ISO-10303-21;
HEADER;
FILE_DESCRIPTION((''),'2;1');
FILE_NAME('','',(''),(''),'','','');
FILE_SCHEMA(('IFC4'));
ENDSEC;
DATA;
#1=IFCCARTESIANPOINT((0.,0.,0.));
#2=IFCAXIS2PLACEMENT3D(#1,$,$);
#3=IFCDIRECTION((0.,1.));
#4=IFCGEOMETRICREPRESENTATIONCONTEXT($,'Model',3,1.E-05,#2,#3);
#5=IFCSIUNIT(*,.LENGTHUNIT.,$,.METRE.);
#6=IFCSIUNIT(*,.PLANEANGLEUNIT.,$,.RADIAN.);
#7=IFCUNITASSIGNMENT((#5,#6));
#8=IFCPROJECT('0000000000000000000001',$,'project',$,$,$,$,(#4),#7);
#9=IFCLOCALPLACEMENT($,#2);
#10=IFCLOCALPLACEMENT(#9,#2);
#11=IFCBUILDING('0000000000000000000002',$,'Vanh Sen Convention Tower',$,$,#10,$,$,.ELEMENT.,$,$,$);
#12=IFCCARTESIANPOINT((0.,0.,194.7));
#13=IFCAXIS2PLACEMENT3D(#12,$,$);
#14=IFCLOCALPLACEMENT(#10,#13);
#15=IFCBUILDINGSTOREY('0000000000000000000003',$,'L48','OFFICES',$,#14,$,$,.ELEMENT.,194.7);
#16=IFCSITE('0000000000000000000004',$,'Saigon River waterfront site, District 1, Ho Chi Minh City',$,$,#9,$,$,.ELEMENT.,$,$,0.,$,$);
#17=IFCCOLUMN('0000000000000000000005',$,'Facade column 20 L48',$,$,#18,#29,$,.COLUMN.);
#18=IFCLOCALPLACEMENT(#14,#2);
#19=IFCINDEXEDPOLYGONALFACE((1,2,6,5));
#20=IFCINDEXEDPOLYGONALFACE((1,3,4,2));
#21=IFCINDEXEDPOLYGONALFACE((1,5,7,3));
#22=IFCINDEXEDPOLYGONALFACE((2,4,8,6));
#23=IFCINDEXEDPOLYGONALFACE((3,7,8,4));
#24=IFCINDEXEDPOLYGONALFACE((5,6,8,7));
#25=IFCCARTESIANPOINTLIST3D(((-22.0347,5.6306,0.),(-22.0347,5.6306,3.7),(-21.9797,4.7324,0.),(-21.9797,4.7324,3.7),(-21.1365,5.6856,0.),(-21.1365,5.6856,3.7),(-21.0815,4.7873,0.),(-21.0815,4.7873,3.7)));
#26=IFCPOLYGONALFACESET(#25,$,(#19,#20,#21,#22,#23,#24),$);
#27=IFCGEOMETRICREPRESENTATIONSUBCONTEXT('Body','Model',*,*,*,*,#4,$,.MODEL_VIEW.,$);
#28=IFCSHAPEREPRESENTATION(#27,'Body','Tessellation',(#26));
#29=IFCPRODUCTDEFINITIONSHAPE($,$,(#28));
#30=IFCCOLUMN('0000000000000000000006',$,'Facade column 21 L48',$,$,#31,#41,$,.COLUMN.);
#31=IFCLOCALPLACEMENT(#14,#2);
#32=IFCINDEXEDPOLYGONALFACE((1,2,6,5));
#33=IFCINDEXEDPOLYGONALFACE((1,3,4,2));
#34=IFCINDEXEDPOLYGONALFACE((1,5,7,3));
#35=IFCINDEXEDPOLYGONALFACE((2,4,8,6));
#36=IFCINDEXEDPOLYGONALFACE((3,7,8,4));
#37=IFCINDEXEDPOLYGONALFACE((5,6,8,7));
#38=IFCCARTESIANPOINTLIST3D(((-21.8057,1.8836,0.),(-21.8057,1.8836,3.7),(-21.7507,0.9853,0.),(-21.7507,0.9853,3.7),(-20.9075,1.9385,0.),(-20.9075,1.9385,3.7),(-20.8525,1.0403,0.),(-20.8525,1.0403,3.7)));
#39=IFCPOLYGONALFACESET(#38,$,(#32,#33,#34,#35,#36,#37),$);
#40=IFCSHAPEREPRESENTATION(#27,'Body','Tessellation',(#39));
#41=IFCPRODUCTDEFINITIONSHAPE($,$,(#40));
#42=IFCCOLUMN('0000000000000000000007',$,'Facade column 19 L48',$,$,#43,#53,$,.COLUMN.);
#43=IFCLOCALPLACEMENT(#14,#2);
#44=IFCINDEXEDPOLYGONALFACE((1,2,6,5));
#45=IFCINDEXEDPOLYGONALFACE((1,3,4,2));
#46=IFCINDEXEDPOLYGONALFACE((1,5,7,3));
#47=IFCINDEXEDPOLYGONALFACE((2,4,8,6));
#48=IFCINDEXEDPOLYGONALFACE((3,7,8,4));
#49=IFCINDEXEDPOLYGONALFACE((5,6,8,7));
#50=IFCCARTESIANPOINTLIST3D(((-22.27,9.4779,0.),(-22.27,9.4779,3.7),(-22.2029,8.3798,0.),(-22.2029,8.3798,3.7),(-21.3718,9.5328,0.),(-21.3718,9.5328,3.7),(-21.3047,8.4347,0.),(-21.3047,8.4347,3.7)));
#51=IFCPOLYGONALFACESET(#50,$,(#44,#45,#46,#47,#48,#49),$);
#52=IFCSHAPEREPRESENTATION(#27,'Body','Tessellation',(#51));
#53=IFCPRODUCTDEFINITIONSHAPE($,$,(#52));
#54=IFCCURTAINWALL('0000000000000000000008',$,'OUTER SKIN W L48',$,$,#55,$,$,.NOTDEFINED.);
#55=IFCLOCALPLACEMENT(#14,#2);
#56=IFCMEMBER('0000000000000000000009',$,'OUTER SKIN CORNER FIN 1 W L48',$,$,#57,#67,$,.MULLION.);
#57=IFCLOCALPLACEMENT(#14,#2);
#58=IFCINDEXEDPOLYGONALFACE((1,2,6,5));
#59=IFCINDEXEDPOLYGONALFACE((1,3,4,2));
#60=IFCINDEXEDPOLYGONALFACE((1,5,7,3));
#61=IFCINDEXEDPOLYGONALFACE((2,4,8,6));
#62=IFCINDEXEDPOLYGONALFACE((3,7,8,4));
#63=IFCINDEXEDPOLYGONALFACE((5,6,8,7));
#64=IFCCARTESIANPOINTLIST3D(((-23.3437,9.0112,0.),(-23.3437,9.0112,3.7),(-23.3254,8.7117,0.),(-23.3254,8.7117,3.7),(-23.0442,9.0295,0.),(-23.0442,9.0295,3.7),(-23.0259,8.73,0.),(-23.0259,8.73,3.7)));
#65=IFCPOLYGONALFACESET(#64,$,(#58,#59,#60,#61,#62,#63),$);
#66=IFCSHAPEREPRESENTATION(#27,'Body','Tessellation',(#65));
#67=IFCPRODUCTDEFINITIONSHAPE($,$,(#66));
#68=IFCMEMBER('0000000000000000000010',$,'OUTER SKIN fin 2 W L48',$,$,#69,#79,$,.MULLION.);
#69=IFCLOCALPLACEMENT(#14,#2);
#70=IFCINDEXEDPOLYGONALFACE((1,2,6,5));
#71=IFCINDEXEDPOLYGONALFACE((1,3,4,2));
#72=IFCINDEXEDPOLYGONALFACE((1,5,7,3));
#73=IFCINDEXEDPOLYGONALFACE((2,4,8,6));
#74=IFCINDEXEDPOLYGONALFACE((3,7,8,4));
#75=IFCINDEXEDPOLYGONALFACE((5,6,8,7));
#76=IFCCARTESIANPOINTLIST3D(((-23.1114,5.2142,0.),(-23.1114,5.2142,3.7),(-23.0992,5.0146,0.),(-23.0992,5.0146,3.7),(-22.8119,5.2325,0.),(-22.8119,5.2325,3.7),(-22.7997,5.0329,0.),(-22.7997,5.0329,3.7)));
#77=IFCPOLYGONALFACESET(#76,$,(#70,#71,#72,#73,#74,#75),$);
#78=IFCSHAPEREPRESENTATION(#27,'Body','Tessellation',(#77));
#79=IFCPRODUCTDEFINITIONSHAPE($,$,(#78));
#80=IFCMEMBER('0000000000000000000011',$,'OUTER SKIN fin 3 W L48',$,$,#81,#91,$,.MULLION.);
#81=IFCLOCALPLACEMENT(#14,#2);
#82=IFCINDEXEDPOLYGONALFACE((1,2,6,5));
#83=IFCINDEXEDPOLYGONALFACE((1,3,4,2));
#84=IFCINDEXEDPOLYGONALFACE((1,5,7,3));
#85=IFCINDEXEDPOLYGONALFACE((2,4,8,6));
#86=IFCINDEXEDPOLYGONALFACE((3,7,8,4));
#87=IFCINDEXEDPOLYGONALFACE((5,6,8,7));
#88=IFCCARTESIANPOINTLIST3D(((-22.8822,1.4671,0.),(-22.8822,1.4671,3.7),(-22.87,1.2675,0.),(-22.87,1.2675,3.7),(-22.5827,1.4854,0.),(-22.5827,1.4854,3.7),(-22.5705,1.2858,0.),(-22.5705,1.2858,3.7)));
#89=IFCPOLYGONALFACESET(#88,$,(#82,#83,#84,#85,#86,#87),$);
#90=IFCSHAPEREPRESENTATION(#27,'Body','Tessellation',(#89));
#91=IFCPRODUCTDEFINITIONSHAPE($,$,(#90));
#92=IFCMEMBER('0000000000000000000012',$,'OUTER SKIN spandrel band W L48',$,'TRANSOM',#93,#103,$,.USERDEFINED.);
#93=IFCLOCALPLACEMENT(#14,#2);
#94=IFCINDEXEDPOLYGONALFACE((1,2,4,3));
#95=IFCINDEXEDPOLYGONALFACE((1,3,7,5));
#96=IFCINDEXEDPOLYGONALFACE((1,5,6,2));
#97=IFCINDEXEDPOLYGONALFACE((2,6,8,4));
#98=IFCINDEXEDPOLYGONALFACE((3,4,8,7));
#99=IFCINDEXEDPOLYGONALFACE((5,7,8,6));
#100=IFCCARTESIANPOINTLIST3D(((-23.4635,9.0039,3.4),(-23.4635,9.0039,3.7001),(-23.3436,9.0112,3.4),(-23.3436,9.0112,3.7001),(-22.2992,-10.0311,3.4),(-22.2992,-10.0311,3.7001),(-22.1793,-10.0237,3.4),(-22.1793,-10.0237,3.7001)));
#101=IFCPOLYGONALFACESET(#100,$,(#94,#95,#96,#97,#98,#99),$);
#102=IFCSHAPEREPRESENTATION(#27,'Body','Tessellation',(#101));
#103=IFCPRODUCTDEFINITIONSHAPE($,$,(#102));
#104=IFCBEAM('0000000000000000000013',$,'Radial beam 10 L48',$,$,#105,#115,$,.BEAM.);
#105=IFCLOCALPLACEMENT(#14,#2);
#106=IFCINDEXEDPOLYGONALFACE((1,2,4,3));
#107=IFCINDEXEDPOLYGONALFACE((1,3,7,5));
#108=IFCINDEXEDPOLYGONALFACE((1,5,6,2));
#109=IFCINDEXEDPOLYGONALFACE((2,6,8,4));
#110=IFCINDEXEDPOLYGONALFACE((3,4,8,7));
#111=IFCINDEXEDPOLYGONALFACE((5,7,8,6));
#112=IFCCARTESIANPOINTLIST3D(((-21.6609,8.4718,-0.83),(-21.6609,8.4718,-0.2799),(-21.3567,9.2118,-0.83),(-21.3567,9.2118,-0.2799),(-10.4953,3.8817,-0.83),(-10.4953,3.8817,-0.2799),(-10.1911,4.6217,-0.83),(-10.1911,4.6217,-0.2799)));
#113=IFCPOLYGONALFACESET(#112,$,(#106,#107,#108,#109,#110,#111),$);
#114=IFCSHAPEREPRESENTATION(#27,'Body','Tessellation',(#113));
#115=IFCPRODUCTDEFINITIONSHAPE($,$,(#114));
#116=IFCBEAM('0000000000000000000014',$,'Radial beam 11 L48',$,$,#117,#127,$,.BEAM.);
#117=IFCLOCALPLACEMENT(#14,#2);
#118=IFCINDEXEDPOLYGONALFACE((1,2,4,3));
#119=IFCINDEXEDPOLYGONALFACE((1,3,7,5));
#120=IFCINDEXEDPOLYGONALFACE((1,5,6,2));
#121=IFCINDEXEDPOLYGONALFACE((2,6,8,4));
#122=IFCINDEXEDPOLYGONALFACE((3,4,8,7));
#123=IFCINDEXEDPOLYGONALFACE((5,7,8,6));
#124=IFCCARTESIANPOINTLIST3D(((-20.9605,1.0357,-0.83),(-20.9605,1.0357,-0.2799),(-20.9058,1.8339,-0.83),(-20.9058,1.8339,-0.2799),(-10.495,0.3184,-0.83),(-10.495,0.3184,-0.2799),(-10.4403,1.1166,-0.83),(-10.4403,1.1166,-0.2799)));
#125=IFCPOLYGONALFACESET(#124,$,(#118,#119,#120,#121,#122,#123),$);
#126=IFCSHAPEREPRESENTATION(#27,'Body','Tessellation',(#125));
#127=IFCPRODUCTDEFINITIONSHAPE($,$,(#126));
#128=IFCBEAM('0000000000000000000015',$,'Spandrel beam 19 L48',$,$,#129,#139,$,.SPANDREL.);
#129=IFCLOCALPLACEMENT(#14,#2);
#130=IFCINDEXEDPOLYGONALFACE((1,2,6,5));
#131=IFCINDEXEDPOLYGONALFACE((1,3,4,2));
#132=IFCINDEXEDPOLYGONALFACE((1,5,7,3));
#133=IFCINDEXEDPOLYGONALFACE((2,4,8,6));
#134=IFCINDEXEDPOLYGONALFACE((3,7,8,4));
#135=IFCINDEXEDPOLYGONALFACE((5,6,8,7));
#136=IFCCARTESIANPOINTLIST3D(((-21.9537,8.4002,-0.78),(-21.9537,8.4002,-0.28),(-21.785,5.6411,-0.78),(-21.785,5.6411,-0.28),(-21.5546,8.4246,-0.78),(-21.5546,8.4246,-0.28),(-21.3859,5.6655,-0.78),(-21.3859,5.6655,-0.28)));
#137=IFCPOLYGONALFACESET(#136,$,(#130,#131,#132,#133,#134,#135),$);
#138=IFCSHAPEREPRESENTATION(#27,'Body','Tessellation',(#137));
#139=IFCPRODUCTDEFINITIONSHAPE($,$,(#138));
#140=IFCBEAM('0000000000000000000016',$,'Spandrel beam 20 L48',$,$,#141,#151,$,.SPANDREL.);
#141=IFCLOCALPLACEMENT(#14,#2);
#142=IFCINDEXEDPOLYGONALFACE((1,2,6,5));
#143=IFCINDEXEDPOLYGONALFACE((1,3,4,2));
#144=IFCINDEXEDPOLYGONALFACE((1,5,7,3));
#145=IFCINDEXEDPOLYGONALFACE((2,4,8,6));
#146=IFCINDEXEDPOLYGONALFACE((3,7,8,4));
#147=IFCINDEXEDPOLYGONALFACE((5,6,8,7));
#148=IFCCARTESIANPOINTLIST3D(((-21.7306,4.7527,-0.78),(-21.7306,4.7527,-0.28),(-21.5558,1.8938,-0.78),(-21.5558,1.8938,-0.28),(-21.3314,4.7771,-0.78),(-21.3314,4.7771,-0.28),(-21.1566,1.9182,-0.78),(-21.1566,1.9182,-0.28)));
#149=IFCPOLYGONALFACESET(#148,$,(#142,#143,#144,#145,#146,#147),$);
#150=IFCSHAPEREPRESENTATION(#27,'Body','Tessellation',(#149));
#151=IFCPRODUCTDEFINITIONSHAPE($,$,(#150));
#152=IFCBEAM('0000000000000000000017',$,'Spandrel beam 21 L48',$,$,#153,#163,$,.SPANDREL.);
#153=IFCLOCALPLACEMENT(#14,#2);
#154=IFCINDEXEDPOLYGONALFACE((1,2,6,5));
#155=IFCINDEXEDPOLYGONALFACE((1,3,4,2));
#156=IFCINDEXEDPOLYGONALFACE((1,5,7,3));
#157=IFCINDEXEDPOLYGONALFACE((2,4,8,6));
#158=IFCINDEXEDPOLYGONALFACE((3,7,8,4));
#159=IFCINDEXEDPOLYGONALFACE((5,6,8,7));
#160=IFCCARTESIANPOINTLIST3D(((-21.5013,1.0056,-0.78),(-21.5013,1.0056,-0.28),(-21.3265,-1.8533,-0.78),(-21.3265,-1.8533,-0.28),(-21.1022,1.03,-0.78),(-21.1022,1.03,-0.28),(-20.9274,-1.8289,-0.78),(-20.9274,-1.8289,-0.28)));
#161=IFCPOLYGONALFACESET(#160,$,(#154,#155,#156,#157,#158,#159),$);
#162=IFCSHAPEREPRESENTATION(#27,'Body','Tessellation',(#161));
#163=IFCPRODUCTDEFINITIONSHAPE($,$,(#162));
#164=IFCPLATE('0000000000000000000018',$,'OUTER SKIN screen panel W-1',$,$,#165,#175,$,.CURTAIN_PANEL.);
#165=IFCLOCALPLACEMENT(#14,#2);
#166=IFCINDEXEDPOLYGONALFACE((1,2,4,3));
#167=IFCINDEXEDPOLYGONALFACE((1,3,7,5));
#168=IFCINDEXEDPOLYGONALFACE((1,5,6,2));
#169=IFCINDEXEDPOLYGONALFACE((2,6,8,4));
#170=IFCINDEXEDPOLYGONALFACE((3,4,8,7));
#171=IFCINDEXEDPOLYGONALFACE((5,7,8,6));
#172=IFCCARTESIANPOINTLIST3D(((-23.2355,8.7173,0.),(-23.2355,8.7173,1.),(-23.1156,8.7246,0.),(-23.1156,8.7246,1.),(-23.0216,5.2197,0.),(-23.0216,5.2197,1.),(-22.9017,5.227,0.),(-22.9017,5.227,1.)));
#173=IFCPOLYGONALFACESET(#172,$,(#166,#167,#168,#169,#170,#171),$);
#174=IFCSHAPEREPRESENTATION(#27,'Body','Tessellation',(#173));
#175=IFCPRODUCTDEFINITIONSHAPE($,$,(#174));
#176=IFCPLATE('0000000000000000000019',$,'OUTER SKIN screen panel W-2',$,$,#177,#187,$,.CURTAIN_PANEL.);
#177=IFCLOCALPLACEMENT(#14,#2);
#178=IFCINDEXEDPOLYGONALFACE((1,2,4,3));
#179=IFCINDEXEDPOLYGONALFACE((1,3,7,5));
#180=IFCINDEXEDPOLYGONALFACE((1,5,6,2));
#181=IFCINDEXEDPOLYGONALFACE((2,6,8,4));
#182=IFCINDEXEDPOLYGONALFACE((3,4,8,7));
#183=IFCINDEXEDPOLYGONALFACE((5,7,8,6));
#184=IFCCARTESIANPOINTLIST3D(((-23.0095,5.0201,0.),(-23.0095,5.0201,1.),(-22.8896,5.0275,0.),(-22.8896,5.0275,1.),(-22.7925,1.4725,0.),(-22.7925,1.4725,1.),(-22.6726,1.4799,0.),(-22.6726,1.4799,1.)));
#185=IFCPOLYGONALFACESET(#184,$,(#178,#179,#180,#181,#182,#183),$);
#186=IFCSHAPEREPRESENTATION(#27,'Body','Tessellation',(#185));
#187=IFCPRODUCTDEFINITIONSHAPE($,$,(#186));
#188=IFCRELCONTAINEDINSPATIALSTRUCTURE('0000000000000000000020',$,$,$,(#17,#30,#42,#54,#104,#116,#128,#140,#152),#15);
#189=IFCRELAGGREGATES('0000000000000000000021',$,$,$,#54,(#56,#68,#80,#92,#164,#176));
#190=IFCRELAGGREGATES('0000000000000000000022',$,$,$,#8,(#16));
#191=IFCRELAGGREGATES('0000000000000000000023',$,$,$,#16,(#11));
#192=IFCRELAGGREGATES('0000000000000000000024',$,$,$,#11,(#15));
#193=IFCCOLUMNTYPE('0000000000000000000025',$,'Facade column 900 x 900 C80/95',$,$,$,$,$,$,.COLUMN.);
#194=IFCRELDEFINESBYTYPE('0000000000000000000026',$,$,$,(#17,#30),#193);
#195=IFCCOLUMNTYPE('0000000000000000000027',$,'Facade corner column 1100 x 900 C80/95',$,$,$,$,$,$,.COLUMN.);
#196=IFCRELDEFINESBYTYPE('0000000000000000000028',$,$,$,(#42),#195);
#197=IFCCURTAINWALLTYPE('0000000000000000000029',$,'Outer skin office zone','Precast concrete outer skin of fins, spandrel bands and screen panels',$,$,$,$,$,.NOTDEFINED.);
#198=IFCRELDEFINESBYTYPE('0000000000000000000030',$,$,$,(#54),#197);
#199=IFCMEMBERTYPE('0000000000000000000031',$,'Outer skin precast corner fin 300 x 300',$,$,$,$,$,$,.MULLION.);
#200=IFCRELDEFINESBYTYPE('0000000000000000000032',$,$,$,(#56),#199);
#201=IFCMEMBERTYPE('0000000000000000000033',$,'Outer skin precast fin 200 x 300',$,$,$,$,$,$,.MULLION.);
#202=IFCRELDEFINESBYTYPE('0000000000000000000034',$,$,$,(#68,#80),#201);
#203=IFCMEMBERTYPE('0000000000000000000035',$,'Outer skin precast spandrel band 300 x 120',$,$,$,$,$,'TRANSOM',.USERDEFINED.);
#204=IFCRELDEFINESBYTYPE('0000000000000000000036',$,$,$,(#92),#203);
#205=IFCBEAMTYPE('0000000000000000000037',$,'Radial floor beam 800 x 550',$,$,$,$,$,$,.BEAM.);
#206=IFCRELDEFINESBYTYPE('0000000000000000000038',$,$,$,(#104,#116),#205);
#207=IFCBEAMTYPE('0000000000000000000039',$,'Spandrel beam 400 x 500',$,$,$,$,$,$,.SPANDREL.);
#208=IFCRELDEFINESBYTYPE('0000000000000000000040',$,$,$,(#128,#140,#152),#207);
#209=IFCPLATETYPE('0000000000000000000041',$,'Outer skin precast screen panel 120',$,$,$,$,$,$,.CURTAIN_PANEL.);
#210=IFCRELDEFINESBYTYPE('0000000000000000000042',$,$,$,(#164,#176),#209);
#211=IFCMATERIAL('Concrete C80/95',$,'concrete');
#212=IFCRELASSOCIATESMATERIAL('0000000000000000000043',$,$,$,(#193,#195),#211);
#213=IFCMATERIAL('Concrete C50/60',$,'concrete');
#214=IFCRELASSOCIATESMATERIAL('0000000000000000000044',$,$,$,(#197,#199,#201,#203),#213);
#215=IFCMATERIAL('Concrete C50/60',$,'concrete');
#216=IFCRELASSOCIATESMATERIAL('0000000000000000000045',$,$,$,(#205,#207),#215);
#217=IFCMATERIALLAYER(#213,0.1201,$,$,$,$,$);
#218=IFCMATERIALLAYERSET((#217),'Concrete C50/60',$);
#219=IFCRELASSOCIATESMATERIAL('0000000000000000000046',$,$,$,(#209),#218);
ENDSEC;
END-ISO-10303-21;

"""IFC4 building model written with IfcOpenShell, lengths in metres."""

from ifc_helpers import new_model, si_unit, direction, frame, origin, origin_2d, place, context, subcontext, project, spatial, rectangle, extrude, material, layer, layer_set, material_profile, profile_set, type_object, element, aggregate, save


model = new_model("IFC4")

# Units and contexts
model_context = context("Model", 3, precision=1e-05, world=origin(), true_north=direction((0.0, 1.0)))
body_context = subcontext(model_context, "Body", "Model", "MODEL_VIEW")
ifc_project = project(units=[si_unit("LENGTHUNIT", "METRE"), si_unit("PLANEANGLEUNIT", "RADIAN")], contexts=[model_context])

# Site, building, storey
site_placement = place(None, origin())
site = spatial("IfcSite", under=ifc_project, at=site_placement, Name="Saigon River waterfront site, District 1, Ho Chi Minh City", CompositionType="ELEMENT", RefElevation=0.0)
building_placement = place(site_placement, origin())
building = spatial("IfcBuilding", under=site, at=building_placement, Name="Vanh Sen Convention Tower", CompositionType="ELEMENT")
storey_placement = place(building_placement, frame((0.0, 0.0, 194.7)))
storey = spatial("IfcBuildingStorey", under=building, at=storey_placement, Name="L48", Description="OFFICES", CompositionType="ELEMENT", Elevation=194.7)

# Columns
ifc_material_1 = material(Name="Concrete C80/95", Category="concrete")
ifc_material_profile_1 = material_profile(ifc_material_1, rectangle(XDim=0.8999, YDim=0.8999, at=origin_2d()), Name="RC 900X900")
ifc_profile_set_1 = profile_set([ifc_material_profile_1], Name="Concrete C80/95")
column_type_1 = type_object("IfcColumnType", Name="Facade column 900 x 900 C80/95", PredefinedType="COLUMN", material=ifc_profile_set_1)
for number, where, z_axis, x_axis, name in (
    (1, (-21.5581, 5.209, 0.0), (0.0, 0.0, 1.0), (0.061049, -0.998135, 0.0), "Facade column 20 L48"),
    (2, (-21.3291, 1.4619, 0.0), (0.0, 0.0, 1.0), (0.061049, -0.998135, 0.0), "Facade column 21 L48"),
):
    element("IfcColumn", number, at=place(storey_placement, frame(where, z_axis=z_axis, x_axis=x_axis)), inside=storey, type_object=column_type_1, Name=name, PredefinedType="COLUMN", context=body_context, shape_type="SweptSolid", body=[
        extrude(rectangle(XDim=0.8999, YDim=0.8999, at=origin_2d()), origin(), (0.0, 0.0, 1.0), 3.7),
    ])
ifc_material_profile_2 = material_profile(ifc_material_1, rectangle(XDim=1.1001, YDim=0.8999, at=origin_2d()), Name="RC 1100X900")
ifc_profile_set_2 = profile_set([ifc_material_profile_2], Name="Concrete C80/95")
column_type_2 = type_object("IfcColumnType", Name="Facade corner column 1100 x 900 C80/95", PredefinedType="COLUMN", material=ifc_profile_set_2)
column_placement = place(storey_placement, frame((-21.7874, 8.9563, 0.0), z_axis=(0.0, 0.0, 1.0), x_axis=(0.061049, -0.998135, 0.0)))
element("IfcColumn", 3, at=column_placement, inside=storey, type_object=column_type_2, Name="Facade column 19 L48", PredefinedType="COLUMN", context=body_context, shape_type="SweptSolid", body=[
    extrude(rectangle(XDim=1.1001, YDim=0.8999, at=origin_2d()), origin(), (0.0, 0.0, 1.0), 3.7),
])

# Curtain wall, members
ifc_material_2 = material(Name="Concrete C50/60", Category="concrete")
curtain_wall_type = type_object("IfcCurtainWallType", Name="Outer skin office zone", Description="Precast concrete outer skin of fins, spandrel bands and screen panels", PredefinedType="NOTDEFINED", material=ifc_material_2)
curtain_wall_placement = place(storey_placement, origin())
curtain_wall = element("IfcCurtainWall", 4, at=curtain_wall_placement, inside=storey, type_object=curtain_wall_type, Name="OUTER SKIN W L48", PredefinedType="NOTDEFINED")
ifc_material_profile_3 = material_profile(ifc_material_2, rectangle(XDim=0.3, YDim=0.3, at=origin_2d()), Name="Outer skin precast corner fin 300 x 300")
ifc_profile_set_3 = profile_set([ifc_material_profile_3], Name="Concrete C50/60")
member_type_1 = type_object("IfcMemberType", Name="Outer skin precast corner fin 300 x 300", PredefinedType="MULLION", material=ifc_profile_set_3)
member_1_placement = place(storey_placement, frame((-23.1848, 8.8706, 0.0), z_axis=(0.0, 0.0, 1.0), x_axis=(0.061049, -0.998135, 0.0)))
member_1 = element("IfcMember", 5, at=member_1_placement, type_object=member_type_1, Name="OUTER SKIN CORNER FIN 1 W L48", PredefinedType="MULLION", context=body_context, shape_type="SweptSolid", body=[
    extrude(rectangle(XDim=0.3, YDim=0.3, at=origin_2d()), origin(), (0.0, 0.0, 1.0), 3.7),
])
ifc_material_profile_4 = material_profile(ifc_material_2, rectangle(XDim=0.2, YDim=0.3, at=origin_2d()), Name="Outer skin precast fin 200 x 300")
ifc_profile_set_4 = profile_set([ifc_material_profile_4], Name="Concrete C50/60")
member_type_2 = type_object("IfcMemberType", Name="Outer skin precast fin 200 x 300", PredefinedType="MULLION", material=ifc_profile_set_4)
member_2_placement = place(storey_placement, frame((-22.9556, 5.1235, 0.0), z_axis=(0.0, 0.0, 1.0), x_axis=(0.061049, -0.998135, 0.0)))
member_2 = element("IfcMember", 6, at=member_2_placement, type_object=member_type_2, Name="OUTER SKIN fin 2 W L48", PredefinedType="MULLION", context=body_context, shape_type="SweptSolid", body=[
    extrude(rectangle(XDim=0.2, YDim=0.3, at=origin_2d()), origin(), (0.0, 0.0, 1.0), 3.7),
])
member_3_placement = place(storey_placement, frame((-22.7263, 1.3765, 0.0), z_axis=(0.0, 0.0, 1.0), x_axis=(0.061049, -0.998135, 0.0)))
member_3 = element("IfcMember", 7, at=member_3_placement, type_object=member_type_2, Name="OUTER SKIN fin 3 W L48", PredefinedType="MULLION", context=body_context, shape_type="SweptSolid", body=[
    extrude(rectangle(XDim=0.2, YDim=0.3, at=origin_2d()), origin(), (0.0, 0.0, 1.0), 3.7),
])
ifc_material_profile_5 = material_profile(ifc_material_2, rectangle(XDim=0.1201, YDim=0.3, at=origin_2d()), Name="Outer skin precast spandrel band 300 x 120")
ifc_profile_set_5 = profile_set([ifc_material_profile_5], Name="Concrete C50/60")
member_type_3 = type_object("IfcMemberType", Name="Outer skin precast spandrel band 300 x 120", ElementType="TRANSOM", PredefinedType="USERDEFINED", material=ifc_profile_set_5)
member_4_placement = place(storey_placement, frame((-23.4036, 9.0076, 3.55), z_axis=(0.061053, -0.998135, 0.0), x_axis=(0.998135, 0.061053, 0.0)))
member_4 = element("IfcMember", 8, at=member_4_placement, type_object=member_type_3, Name="OUTER SKIN spandrel band W L48", ObjectType="TRANSOM", PredefinedType="USERDEFINED", context=body_context, shape_type="SweptSolid", body=[
    extrude(rectangle(XDim=0.1201, YDim=0.3, at=origin_2d()), origin(), (0.0, 0.0, 1.0), 19.0706),
])

# Beams
ifc_material_3 = material(Name="Concrete C50/60", Category="concrete")
ifc_material_profile_6 = material_profile(ifc_material_3, rectangle(XDim=0.8, YDim=0.55, at=origin_2d()), Name="RC 800X550")
ifc_profile_set_6 = profile_set([ifc_material_profile_6], Name="Concrete C50/60")
beam_type_1 = type_object("IfcBeamType", Name="Radial floor beam 800 x 550", PredefinedType="BEAM", material=ifc_profile_set_6)
beam_1_placement = place(storey_placement, frame((-21.5088, 8.8418, -0.5549), z_axis=(0.924896, -0.38022, 0.0), x_axis=(0.38022, 0.924896, 0.0)))
element("IfcBeam", 9, at=beam_1_placement, inside=storey, type_object=beam_type_1, Name="Radial beam 10 L48", PredefinedType="BEAM", context=body_context, shape_type="SweptSolid", body=[
    extrude(rectangle(XDim=0.8, YDim=0.55, at=origin_2d()), origin(), (0.0, 0.0, 1.0), 12.0723),
])
beam_2_placement = place(storey_placement, frame((-20.9331, 1.4348, -0.5549), z_axis=(0.997659, -0.068379, 0.0), x_axis=(0.068379, 0.997659, 0.0)))
element("IfcBeam", 10, at=beam_2_placement, inside=storey, type_object=beam_type_1, Name="Radial beam 11 L48", PredefinedType="BEAM", context=body_context, shape_type="SweptSolid", body=[
    extrude(rectangle(XDim=0.8, YDim=0.55, at=origin_2d()), origin(), (0.0, 0.0, 1.0), 10.49),
])
ifc_material_profile_7 = material_profile(ifc_material_3, rectangle(XDim=0.3999, YDim=0.5, at=origin_2d()), Name="RC 400X500")
ifc_profile_set_7 = profile_set([ifc_material_profile_7], Name="Concrete C50/60")
beam_type_2 = type_object("IfcBeamType", Name="Spandrel beam 400 x 500", PredefinedType="SPANDREL", material=ifc_profile_set_7)
beam_3_placement = place(storey_placement, frame((-21.7542, 8.4124, -0.53), z_axis=(0.061031, -0.998136, 0.0), x_axis=(0.998136, 0.061031, 0.0)))
element("IfcBeam", 11, at=beam_3_placement, inside=storey, type_object=beam_type_2, Name="Spandrel beam 19 L48", PredefinedType="SPANDREL", context=body_context, shape_type="SweptSolid", body=[
    extrude(rectangle(XDim=0.3999, YDim=0.5, at=origin_2d()), origin(), (0.0, 0.0, 1.0), 2.7642),
])
for number, where, z_axis, x_axis, name in (
    (12, (-21.531, 4.7649, -0.53), (0.06103, -0.998136, 0.0), (0.998136, 0.06103, 0.0), "Spandrel beam 20 L48"),
    (13, (-21.3018, 1.0178, -0.53), (0.06103, -0.998136, 0.0), (0.998136, 0.06103, 0.0), "Spandrel beam 21 L48"),
):
    element("IfcBeam", number, at=place(storey_placement, frame(where, z_axis=z_axis, x_axis=x_axis)), inside=storey, type_object=beam_type_2, Name=name, PredefinedType="SPANDREL", context=body_context, shape_type="SweptSolid", body=[
        extrude(rectangle(XDim=0.3999, YDim=0.5, at=origin_2d()), origin(), (0.0, 0.0, 1.0), 2.8643),
    ])

# Plates
ifc_layer_1 = layer(ifc_material_2, 0.1201)
ifc_layer_set_1 = layer_set([ifc_layer_1], Name="Concrete C50/60")
plate_type = type_object("IfcPlateType", Name="Outer skin precast screen panel 120", PredefinedType="CURTAIN_PANEL", material=ifc_layer_set_1)
plate_1_placement = place(storey_placement, frame((-23.0686, 6.9722, 0.0), z_axis=(0.0, 0.0, 1.0), x_axis=(0.061054, -0.998134, 0.0)))
plate_1 = element("IfcPlate", 14, at=plate_1_placement, type_object=plate_type, Name="OUTER SKIN screen panel W-1", PredefinedType="CURTAIN_PANEL", context=body_context, shape_type="SweptSolid", body=[
    extrude(rectangle(XDim=3.5042, YDim=0.1201, at=origin_2d()), origin(), (0.0, 0.0, 1.0), 1.0),
])
plate_2_placement = place(storey_placement, frame((-22.8411, 3.25, 0.0), z_axis=(0.0, 0.0, 1.0), x_axis=(0.061052, -0.998135, 0.0)))
plate_2 = element("IfcPlate", 15, at=plate_2_placement, type_object=plate_type, Name="OUTER SKIN screen panel W-2", PredefinedType="CURTAIN_PANEL", context=body_context, shape_type="SweptSolid", body=[
    extrude(rectangle(XDim=3.5542, YDim=0.1201, at=origin_2d()), origin(), (0.0, 0.0, 1.0), 1.0),
])
aggregate(curtain_wall, [member_1, member_2, member_3, member_4, plate_1, plate_2])

save(model, "model.ifc")
